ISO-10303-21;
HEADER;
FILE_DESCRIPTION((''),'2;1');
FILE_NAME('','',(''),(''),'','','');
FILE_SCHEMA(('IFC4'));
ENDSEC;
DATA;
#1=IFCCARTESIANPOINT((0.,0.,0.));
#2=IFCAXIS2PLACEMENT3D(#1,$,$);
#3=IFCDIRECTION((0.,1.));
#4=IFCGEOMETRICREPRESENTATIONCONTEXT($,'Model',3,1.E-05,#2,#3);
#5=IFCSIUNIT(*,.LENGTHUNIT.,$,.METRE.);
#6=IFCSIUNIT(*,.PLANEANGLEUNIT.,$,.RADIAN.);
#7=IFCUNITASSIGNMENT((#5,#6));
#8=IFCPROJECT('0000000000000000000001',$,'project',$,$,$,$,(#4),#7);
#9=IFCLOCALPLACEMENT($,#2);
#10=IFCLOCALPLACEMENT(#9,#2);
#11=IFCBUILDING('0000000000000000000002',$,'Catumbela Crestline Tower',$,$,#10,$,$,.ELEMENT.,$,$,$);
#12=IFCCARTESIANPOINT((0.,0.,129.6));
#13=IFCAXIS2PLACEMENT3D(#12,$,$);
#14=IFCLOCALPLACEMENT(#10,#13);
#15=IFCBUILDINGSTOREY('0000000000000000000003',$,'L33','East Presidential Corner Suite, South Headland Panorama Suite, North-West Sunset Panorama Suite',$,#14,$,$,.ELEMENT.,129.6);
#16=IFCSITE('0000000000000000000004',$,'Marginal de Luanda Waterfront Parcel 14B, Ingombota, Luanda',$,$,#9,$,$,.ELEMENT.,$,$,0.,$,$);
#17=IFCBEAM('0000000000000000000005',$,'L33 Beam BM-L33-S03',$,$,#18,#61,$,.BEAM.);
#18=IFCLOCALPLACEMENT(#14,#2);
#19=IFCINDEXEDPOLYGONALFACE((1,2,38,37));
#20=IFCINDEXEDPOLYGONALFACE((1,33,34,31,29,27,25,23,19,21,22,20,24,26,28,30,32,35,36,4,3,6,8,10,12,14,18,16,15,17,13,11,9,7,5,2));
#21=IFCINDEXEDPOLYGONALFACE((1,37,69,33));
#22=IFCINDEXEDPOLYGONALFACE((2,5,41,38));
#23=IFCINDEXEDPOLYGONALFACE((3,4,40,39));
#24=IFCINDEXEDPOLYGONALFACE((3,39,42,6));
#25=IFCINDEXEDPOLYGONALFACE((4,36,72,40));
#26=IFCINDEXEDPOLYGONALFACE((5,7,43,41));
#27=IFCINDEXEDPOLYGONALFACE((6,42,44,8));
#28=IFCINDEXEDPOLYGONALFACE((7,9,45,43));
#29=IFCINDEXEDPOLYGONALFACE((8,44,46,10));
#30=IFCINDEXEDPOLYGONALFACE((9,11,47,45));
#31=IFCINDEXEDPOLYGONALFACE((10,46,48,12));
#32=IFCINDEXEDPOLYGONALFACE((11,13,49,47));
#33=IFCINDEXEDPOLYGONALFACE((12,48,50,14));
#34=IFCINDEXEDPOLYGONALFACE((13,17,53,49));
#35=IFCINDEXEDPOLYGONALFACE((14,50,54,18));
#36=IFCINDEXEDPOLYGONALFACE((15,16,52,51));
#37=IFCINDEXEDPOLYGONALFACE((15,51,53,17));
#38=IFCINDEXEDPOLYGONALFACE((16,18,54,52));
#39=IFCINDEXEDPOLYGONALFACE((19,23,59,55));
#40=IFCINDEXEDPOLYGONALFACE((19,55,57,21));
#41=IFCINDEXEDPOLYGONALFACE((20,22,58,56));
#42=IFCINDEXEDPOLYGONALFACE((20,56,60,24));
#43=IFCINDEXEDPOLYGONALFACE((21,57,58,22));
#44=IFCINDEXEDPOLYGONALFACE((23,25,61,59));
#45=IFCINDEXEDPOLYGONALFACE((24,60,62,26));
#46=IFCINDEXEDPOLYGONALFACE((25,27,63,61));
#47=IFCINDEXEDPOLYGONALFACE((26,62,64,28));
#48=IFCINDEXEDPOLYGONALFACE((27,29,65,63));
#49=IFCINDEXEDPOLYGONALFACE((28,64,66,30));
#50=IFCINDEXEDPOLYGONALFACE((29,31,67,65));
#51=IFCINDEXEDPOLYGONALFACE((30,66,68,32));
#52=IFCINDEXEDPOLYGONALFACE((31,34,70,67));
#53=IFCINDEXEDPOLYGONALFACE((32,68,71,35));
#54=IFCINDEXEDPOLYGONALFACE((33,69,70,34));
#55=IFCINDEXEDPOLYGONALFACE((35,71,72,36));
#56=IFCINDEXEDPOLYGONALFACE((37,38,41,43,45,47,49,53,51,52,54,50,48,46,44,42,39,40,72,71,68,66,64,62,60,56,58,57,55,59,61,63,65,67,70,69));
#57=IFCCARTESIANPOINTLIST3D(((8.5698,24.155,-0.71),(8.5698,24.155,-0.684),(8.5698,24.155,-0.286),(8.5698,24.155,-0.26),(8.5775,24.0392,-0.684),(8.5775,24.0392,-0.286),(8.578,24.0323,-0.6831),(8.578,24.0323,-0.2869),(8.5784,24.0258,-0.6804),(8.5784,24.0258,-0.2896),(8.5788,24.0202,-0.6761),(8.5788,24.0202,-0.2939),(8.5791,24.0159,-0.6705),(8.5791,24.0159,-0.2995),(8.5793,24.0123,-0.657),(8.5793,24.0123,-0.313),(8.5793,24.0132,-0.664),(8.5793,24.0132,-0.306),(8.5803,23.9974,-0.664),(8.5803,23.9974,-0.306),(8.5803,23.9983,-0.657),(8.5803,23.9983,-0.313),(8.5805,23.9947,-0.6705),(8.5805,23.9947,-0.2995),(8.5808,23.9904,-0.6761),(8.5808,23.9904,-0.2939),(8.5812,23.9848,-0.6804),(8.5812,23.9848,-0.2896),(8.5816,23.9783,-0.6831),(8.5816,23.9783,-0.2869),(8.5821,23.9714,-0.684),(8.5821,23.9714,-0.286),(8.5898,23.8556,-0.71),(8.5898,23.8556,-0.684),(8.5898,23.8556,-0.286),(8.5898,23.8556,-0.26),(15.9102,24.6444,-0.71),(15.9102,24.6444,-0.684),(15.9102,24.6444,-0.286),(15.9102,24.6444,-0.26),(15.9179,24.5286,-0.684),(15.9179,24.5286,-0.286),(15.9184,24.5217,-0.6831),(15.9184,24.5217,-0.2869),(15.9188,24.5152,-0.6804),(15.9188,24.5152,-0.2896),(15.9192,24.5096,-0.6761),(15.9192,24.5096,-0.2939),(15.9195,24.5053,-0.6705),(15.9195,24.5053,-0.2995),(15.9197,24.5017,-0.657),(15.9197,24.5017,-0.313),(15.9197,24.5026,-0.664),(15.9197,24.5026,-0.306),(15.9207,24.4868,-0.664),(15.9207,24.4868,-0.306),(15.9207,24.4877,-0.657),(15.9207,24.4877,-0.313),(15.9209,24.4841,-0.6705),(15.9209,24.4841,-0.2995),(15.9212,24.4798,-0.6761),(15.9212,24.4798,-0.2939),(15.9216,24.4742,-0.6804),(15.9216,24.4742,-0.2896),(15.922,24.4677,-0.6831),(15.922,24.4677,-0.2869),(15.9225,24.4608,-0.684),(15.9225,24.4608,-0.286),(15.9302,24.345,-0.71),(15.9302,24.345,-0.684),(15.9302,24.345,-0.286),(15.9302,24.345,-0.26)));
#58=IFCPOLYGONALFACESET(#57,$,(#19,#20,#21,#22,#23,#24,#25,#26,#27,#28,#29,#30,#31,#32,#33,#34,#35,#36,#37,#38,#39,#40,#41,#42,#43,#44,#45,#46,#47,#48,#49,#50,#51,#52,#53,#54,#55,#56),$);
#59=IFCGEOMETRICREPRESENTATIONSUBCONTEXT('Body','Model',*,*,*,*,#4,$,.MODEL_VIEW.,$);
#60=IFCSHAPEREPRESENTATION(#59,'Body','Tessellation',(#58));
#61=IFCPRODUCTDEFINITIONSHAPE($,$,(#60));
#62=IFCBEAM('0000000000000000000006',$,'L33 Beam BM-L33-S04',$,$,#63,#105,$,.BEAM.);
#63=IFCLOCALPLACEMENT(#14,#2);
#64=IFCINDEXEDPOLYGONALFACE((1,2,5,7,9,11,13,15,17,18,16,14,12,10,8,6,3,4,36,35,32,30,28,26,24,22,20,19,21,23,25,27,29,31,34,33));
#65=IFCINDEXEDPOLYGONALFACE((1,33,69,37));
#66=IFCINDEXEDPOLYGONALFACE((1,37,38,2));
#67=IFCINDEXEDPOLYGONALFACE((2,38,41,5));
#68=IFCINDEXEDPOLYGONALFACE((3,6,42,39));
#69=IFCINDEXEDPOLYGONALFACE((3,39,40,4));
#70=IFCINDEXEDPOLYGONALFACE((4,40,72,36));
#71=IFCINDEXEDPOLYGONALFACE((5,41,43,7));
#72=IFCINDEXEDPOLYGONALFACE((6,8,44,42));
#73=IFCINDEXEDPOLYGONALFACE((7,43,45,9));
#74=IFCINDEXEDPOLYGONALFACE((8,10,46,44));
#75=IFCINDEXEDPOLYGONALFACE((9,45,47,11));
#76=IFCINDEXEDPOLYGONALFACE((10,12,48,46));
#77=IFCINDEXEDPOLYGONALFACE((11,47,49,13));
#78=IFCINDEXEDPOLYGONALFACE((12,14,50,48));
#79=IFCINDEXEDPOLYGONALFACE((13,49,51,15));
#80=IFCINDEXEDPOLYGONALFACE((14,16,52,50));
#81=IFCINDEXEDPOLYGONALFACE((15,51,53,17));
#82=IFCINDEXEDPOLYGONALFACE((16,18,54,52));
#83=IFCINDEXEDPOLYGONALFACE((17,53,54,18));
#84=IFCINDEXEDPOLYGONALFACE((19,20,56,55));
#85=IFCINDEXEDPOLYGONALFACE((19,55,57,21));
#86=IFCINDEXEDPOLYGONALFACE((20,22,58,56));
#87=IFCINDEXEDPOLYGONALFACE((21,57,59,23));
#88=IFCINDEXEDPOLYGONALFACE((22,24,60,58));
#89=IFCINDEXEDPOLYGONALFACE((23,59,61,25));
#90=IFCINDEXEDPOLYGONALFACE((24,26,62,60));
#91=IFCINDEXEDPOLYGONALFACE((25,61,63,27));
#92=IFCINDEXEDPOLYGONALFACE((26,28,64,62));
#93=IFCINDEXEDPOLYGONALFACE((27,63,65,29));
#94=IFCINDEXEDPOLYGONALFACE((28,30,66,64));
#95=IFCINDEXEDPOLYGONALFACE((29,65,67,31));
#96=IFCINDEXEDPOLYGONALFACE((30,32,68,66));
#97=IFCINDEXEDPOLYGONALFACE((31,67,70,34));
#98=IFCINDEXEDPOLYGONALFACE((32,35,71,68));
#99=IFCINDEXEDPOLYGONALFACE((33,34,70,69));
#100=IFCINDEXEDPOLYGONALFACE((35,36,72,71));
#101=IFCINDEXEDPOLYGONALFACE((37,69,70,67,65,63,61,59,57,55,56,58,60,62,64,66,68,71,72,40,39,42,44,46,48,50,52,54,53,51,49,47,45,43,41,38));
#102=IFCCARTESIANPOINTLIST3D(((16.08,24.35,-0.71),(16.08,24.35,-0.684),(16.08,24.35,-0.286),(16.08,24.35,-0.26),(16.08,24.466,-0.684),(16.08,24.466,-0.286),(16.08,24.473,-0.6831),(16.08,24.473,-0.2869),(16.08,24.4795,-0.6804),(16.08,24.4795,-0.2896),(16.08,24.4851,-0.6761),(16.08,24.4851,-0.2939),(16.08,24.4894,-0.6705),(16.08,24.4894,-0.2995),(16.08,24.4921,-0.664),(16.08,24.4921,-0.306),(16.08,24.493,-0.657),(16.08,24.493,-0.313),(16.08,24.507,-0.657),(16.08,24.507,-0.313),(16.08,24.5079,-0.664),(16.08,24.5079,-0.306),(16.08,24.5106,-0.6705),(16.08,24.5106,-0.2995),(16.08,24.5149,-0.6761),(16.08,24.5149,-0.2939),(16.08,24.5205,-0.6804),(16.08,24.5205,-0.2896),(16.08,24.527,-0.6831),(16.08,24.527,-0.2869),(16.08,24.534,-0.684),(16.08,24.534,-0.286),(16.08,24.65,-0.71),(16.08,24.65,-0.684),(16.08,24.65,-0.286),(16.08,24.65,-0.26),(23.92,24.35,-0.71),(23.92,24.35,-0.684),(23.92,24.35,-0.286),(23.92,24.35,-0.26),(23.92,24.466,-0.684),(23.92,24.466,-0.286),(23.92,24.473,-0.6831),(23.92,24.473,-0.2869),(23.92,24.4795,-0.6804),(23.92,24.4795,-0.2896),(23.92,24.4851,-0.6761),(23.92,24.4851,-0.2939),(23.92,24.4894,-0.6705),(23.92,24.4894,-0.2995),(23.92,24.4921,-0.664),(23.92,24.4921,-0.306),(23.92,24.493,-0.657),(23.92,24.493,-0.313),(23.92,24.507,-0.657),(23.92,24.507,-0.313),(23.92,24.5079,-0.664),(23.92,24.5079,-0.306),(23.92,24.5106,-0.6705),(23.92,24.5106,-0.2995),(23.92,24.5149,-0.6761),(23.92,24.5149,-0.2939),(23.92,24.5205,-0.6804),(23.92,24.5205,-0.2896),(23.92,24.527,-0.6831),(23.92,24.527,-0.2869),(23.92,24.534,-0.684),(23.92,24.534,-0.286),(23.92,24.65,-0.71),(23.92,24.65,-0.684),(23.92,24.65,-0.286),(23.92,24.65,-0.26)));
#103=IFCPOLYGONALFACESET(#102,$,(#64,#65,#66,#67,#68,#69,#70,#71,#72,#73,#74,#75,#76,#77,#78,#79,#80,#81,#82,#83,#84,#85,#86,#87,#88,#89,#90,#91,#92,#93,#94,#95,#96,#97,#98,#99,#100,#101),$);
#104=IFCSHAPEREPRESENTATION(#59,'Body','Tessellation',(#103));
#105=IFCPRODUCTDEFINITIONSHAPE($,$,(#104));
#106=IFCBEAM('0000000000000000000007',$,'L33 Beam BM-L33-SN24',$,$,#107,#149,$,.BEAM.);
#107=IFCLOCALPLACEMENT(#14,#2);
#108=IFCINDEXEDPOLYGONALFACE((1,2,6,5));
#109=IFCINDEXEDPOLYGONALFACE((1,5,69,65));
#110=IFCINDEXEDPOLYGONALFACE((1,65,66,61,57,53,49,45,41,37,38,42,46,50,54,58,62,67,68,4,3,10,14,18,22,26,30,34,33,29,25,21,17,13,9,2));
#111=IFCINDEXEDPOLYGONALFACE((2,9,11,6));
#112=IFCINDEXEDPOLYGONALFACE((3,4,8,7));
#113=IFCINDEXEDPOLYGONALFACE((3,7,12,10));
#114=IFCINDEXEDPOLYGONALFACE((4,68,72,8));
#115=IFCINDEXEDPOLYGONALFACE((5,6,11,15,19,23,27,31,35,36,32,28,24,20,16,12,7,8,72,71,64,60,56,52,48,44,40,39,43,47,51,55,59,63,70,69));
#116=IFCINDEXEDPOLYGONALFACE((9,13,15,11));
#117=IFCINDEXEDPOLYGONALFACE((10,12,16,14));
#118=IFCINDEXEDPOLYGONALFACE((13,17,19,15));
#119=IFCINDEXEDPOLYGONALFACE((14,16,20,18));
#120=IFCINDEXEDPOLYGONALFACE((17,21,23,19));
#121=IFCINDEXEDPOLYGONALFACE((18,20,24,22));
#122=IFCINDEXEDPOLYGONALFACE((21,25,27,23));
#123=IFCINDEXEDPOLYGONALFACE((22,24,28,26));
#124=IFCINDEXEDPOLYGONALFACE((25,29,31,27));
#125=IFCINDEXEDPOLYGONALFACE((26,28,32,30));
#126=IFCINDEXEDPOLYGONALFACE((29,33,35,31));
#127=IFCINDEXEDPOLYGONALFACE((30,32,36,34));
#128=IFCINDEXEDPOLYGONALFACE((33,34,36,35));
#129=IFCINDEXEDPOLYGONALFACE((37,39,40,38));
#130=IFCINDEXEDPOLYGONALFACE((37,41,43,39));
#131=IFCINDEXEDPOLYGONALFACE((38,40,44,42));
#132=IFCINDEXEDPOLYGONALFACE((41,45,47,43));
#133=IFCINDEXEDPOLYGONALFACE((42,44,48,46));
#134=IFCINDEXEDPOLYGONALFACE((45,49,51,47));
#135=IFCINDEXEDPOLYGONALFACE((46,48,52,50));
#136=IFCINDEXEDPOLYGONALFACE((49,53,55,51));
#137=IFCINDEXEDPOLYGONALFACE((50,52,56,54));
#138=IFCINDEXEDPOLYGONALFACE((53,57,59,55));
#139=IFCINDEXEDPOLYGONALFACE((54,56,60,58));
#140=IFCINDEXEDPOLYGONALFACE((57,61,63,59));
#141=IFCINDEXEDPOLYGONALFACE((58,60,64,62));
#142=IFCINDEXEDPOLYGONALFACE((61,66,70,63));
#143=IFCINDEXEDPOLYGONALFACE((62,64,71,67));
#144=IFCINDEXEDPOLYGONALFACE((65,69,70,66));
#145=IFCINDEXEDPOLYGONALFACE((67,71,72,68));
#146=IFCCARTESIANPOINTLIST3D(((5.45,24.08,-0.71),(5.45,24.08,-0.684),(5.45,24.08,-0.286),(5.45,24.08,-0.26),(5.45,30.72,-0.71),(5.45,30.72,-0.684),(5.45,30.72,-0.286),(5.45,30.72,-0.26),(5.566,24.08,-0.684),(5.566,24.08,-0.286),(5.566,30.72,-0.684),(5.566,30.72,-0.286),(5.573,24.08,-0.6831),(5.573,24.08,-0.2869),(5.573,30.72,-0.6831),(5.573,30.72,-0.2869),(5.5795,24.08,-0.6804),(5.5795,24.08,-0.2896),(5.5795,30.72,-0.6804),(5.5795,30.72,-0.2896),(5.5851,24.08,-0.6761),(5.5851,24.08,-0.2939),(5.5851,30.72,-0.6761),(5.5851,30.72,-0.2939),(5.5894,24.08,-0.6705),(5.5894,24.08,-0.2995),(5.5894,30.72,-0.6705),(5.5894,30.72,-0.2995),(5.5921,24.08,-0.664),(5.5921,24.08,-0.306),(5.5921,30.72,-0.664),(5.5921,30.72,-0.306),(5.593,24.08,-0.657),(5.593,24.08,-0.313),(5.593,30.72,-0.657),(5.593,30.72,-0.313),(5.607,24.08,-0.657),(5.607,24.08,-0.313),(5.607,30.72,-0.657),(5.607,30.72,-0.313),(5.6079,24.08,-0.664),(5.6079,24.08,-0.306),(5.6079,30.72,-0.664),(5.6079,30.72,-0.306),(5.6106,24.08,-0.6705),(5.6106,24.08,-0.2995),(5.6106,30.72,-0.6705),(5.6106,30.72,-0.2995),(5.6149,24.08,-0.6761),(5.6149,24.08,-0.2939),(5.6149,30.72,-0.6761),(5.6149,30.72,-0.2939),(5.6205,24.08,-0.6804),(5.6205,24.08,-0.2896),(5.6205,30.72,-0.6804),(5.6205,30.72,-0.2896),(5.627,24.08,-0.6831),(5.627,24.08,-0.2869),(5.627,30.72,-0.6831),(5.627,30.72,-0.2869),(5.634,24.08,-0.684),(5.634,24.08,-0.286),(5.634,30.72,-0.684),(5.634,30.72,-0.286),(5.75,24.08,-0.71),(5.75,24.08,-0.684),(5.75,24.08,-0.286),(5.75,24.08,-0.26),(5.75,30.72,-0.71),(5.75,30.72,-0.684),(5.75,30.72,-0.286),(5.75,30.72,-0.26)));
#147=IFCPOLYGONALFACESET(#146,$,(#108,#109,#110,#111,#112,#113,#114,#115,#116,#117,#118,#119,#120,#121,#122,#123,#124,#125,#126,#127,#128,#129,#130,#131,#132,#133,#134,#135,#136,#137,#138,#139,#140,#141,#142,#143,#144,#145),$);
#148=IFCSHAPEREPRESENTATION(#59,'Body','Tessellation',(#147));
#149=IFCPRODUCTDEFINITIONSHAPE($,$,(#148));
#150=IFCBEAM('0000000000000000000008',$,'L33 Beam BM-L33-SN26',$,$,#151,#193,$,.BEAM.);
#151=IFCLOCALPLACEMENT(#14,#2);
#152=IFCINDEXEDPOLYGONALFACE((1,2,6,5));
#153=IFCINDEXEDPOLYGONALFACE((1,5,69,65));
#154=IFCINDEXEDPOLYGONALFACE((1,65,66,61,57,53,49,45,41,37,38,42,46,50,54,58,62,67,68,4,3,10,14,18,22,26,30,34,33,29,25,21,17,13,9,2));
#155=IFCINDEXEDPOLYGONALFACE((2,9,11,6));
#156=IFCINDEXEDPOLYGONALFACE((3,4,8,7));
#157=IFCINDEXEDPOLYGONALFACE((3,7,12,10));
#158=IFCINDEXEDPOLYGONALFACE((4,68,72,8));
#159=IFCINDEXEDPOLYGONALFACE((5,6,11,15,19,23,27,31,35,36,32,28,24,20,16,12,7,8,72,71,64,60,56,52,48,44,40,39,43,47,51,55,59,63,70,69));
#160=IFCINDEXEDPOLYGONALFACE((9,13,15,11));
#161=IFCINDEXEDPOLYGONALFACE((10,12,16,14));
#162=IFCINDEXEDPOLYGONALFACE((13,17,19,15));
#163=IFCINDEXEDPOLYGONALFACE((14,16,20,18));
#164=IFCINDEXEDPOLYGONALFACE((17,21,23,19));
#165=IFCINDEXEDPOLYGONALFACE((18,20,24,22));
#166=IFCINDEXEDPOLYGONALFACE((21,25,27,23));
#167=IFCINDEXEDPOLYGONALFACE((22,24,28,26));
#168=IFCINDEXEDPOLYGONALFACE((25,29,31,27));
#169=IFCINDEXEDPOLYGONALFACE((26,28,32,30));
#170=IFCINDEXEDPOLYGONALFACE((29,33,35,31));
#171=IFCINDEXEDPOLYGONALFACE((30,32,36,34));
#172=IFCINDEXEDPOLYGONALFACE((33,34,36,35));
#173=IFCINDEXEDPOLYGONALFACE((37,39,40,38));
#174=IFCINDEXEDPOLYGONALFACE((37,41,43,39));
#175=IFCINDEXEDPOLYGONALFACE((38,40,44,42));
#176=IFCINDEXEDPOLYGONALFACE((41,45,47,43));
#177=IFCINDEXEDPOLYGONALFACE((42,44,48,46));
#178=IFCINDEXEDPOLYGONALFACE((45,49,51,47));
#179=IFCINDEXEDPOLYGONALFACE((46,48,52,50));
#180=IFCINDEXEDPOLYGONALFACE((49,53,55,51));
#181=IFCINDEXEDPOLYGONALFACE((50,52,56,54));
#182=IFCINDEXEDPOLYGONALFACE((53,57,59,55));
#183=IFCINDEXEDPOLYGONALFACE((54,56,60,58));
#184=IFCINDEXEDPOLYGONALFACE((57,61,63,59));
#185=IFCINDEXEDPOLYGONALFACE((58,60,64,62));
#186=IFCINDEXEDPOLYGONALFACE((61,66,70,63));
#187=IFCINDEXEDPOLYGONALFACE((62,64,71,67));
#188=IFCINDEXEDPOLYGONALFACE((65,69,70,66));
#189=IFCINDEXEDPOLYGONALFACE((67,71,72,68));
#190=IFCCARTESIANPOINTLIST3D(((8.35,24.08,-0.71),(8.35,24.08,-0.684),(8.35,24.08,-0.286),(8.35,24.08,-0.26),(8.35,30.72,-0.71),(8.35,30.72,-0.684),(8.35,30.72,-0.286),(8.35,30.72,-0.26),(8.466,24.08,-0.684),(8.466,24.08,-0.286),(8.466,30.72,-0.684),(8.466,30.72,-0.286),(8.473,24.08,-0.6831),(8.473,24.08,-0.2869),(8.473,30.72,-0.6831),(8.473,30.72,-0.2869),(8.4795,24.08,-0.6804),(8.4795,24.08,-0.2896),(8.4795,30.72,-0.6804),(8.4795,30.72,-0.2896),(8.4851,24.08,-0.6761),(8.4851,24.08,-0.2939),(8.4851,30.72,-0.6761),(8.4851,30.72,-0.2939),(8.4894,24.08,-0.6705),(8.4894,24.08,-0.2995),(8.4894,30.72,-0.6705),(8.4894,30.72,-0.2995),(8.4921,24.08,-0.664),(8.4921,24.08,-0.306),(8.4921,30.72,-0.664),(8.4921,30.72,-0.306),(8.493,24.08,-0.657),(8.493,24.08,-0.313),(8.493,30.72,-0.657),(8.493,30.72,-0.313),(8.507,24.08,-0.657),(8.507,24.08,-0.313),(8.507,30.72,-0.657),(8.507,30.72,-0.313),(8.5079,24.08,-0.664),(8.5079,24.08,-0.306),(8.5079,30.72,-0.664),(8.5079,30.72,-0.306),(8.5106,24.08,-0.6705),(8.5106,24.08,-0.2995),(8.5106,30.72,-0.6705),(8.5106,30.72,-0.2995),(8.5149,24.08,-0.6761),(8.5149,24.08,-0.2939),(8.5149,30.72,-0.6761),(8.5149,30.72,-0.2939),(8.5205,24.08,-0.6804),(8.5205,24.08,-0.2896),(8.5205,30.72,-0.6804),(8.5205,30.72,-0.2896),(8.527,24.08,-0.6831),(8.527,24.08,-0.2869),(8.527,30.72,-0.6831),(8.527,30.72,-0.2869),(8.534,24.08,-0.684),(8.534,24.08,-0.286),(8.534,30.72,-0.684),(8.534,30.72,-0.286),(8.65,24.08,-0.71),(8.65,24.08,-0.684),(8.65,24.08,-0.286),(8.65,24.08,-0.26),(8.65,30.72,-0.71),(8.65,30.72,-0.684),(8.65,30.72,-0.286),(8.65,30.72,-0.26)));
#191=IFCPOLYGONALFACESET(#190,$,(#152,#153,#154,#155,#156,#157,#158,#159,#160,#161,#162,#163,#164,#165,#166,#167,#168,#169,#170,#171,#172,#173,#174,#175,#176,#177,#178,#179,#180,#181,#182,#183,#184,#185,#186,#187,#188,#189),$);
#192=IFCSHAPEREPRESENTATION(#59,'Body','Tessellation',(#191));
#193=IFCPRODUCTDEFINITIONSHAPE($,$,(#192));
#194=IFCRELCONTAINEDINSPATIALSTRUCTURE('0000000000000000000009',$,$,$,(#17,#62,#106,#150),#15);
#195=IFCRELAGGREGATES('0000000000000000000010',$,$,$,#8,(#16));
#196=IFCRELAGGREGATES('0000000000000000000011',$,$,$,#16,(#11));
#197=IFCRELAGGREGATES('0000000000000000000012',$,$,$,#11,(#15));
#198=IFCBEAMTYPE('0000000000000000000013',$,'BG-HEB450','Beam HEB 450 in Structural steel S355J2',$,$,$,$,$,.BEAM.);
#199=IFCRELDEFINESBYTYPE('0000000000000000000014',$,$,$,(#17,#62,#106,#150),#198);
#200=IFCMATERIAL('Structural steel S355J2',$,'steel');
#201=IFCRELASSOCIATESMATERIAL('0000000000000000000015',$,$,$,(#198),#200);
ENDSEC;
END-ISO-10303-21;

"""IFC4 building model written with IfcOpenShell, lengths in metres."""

from ifc_helpers import new_model, si_unit, direction, frame, origin, origin_2d, place, context, subcontext, project, spatial, i_section, extrude, material, material_profile, profile_set, type_object, element, save


model = new_model("IFC4")

# Units and contexts
model_context = context("Model", 3, precision=1e-05, world=origin(), true_north=direction((0.0, 1.0)))
body_context = subcontext(model_context, "Body", "Model", "MODEL_VIEW")
ifc_project = project(units=[si_unit("LENGTHUNIT", "METRE"), si_unit("PLANEANGLEUNIT", "RADIAN")], contexts=[model_context])

# Site, building, storey
site_placement = place(None, origin())
site = spatial("IfcSite", under=ifc_project, at=site_placement, Name="Marginal de Luanda Waterfront Parcel 14B, Ingombota, Luanda", CompositionType="ELEMENT", RefElevation=0.0)
building_placement = place(site_placement, origin())
building = spatial("IfcBuilding", under=site, at=building_placement, Name="Catumbela Crestline Tower", CompositionType="ELEMENT")
storey_placement = place(building_placement, frame((0.0, 0.0, 129.6)))
storey = spatial("IfcBuildingStorey", under=building, at=storey_placement, Name="L33", Description="East Presidential Corner Suite, South Headland Panorama Suite, North-West Sunset Panorama Suite", CompositionType="ELEMENT", Elevation=129.6)

# Beams
ifc_material_1 = material(Name="Structural steel S355J2", Category="steel")
ifc_material_profile_1 = material_profile(ifc_material_1, i_section(OverallWidth=0.3, OverallDepth=0.45, WebThickness=0.014, FlangeThickness=0.026, FilletRadius=0.027, at=origin_2d()), Name="HEB 450")
ifc_profile_set_1 = profile_set([ifc_material_profile_1], Name="Structural steel S355J2")
beam_type = type_object("IfcBeamType", Name="BG-HEB450", Description="Beam HEB 450 in Structural steel S355J2", PredefinedType="BEAM", material=ifc_profile_set_1)
beam_1_placement = place(storey_placement, frame((8.5798, 24.0053, -0.485), z_axis=(0.997785, 0.066524, 0.0), x_axis=(-0.066524, 0.997785, 0.0)))
element("IfcBeam", 1, at=beam_1_placement, inside=storey, type_object=beam_type, Name="L33 Beam BM-L33-S03", PredefinedType="BEAM", context=body_context, shape_type="SweptSolid", body=[
    extrude(i_section(OverallWidth=0.3, OverallDepth=0.45, WebThickness=0.014, FlangeThickness=0.026, FilletRadius=0.027, at=origin_2d()), origin(), (0.0, 0.0, 1.0), 7.3567),
])
beam_2_placement = place(storey_placement, frame((16.08, 24.5, -0.485), z_axis=(1.0, 0.0, 0.0), x_axis=(0.0, 1.0, 0.0)))
element("IfcBeam", 2, at=beam_2_placement, inside=storey, type_object=beam_type, Name="L33 Beam BM-L33-S04", PredefinedType="BEAM", context=body_context, shape_type="SweptSolid", body=[
    extrude(i_section(OverallWidth=0.3, OverallDepth=0.45, WebThickness=0.014, FlangeThickness=0.026, FilletRadius=0.027, at=origin_2d()), origin(), (0.0, 0.0, 1.0), 7.84),
])
for number, where, z_axis, x_axis, name in (
    (3, (5.6, 24.08, -0.485), (0.0, 1.0, 0.0), (-1.0, 0.0, 0.0), "L33 Beam BM-L33-SN24"),
    (4, (8.5, 24.08, -0.485), (0.0, 1.0, 0.0), (-1.0, 0.0, 0.0), "L33 Beam BM-L33-SN26"),
):
    element("IfcBeam", number, at=place(storey_placement, frame(where, z_axis=z_axis, x_axis=x_axis)), inside=storey, type_object=beam_type, Name=name, PredefinedType="BEAM", context=body_context, shape_type="SweptSolid", body=[
        extrude(i_section(OverallWidth=0.3, OverallDepth=0.45, WebThickness=0.014, FlangeThickness=0.026, FilletRadius=0.027, at=origin_2d()), origin(), (0.0, 0.0, 1.0), 6.64),
    ])

save(model, "model.ifc")
